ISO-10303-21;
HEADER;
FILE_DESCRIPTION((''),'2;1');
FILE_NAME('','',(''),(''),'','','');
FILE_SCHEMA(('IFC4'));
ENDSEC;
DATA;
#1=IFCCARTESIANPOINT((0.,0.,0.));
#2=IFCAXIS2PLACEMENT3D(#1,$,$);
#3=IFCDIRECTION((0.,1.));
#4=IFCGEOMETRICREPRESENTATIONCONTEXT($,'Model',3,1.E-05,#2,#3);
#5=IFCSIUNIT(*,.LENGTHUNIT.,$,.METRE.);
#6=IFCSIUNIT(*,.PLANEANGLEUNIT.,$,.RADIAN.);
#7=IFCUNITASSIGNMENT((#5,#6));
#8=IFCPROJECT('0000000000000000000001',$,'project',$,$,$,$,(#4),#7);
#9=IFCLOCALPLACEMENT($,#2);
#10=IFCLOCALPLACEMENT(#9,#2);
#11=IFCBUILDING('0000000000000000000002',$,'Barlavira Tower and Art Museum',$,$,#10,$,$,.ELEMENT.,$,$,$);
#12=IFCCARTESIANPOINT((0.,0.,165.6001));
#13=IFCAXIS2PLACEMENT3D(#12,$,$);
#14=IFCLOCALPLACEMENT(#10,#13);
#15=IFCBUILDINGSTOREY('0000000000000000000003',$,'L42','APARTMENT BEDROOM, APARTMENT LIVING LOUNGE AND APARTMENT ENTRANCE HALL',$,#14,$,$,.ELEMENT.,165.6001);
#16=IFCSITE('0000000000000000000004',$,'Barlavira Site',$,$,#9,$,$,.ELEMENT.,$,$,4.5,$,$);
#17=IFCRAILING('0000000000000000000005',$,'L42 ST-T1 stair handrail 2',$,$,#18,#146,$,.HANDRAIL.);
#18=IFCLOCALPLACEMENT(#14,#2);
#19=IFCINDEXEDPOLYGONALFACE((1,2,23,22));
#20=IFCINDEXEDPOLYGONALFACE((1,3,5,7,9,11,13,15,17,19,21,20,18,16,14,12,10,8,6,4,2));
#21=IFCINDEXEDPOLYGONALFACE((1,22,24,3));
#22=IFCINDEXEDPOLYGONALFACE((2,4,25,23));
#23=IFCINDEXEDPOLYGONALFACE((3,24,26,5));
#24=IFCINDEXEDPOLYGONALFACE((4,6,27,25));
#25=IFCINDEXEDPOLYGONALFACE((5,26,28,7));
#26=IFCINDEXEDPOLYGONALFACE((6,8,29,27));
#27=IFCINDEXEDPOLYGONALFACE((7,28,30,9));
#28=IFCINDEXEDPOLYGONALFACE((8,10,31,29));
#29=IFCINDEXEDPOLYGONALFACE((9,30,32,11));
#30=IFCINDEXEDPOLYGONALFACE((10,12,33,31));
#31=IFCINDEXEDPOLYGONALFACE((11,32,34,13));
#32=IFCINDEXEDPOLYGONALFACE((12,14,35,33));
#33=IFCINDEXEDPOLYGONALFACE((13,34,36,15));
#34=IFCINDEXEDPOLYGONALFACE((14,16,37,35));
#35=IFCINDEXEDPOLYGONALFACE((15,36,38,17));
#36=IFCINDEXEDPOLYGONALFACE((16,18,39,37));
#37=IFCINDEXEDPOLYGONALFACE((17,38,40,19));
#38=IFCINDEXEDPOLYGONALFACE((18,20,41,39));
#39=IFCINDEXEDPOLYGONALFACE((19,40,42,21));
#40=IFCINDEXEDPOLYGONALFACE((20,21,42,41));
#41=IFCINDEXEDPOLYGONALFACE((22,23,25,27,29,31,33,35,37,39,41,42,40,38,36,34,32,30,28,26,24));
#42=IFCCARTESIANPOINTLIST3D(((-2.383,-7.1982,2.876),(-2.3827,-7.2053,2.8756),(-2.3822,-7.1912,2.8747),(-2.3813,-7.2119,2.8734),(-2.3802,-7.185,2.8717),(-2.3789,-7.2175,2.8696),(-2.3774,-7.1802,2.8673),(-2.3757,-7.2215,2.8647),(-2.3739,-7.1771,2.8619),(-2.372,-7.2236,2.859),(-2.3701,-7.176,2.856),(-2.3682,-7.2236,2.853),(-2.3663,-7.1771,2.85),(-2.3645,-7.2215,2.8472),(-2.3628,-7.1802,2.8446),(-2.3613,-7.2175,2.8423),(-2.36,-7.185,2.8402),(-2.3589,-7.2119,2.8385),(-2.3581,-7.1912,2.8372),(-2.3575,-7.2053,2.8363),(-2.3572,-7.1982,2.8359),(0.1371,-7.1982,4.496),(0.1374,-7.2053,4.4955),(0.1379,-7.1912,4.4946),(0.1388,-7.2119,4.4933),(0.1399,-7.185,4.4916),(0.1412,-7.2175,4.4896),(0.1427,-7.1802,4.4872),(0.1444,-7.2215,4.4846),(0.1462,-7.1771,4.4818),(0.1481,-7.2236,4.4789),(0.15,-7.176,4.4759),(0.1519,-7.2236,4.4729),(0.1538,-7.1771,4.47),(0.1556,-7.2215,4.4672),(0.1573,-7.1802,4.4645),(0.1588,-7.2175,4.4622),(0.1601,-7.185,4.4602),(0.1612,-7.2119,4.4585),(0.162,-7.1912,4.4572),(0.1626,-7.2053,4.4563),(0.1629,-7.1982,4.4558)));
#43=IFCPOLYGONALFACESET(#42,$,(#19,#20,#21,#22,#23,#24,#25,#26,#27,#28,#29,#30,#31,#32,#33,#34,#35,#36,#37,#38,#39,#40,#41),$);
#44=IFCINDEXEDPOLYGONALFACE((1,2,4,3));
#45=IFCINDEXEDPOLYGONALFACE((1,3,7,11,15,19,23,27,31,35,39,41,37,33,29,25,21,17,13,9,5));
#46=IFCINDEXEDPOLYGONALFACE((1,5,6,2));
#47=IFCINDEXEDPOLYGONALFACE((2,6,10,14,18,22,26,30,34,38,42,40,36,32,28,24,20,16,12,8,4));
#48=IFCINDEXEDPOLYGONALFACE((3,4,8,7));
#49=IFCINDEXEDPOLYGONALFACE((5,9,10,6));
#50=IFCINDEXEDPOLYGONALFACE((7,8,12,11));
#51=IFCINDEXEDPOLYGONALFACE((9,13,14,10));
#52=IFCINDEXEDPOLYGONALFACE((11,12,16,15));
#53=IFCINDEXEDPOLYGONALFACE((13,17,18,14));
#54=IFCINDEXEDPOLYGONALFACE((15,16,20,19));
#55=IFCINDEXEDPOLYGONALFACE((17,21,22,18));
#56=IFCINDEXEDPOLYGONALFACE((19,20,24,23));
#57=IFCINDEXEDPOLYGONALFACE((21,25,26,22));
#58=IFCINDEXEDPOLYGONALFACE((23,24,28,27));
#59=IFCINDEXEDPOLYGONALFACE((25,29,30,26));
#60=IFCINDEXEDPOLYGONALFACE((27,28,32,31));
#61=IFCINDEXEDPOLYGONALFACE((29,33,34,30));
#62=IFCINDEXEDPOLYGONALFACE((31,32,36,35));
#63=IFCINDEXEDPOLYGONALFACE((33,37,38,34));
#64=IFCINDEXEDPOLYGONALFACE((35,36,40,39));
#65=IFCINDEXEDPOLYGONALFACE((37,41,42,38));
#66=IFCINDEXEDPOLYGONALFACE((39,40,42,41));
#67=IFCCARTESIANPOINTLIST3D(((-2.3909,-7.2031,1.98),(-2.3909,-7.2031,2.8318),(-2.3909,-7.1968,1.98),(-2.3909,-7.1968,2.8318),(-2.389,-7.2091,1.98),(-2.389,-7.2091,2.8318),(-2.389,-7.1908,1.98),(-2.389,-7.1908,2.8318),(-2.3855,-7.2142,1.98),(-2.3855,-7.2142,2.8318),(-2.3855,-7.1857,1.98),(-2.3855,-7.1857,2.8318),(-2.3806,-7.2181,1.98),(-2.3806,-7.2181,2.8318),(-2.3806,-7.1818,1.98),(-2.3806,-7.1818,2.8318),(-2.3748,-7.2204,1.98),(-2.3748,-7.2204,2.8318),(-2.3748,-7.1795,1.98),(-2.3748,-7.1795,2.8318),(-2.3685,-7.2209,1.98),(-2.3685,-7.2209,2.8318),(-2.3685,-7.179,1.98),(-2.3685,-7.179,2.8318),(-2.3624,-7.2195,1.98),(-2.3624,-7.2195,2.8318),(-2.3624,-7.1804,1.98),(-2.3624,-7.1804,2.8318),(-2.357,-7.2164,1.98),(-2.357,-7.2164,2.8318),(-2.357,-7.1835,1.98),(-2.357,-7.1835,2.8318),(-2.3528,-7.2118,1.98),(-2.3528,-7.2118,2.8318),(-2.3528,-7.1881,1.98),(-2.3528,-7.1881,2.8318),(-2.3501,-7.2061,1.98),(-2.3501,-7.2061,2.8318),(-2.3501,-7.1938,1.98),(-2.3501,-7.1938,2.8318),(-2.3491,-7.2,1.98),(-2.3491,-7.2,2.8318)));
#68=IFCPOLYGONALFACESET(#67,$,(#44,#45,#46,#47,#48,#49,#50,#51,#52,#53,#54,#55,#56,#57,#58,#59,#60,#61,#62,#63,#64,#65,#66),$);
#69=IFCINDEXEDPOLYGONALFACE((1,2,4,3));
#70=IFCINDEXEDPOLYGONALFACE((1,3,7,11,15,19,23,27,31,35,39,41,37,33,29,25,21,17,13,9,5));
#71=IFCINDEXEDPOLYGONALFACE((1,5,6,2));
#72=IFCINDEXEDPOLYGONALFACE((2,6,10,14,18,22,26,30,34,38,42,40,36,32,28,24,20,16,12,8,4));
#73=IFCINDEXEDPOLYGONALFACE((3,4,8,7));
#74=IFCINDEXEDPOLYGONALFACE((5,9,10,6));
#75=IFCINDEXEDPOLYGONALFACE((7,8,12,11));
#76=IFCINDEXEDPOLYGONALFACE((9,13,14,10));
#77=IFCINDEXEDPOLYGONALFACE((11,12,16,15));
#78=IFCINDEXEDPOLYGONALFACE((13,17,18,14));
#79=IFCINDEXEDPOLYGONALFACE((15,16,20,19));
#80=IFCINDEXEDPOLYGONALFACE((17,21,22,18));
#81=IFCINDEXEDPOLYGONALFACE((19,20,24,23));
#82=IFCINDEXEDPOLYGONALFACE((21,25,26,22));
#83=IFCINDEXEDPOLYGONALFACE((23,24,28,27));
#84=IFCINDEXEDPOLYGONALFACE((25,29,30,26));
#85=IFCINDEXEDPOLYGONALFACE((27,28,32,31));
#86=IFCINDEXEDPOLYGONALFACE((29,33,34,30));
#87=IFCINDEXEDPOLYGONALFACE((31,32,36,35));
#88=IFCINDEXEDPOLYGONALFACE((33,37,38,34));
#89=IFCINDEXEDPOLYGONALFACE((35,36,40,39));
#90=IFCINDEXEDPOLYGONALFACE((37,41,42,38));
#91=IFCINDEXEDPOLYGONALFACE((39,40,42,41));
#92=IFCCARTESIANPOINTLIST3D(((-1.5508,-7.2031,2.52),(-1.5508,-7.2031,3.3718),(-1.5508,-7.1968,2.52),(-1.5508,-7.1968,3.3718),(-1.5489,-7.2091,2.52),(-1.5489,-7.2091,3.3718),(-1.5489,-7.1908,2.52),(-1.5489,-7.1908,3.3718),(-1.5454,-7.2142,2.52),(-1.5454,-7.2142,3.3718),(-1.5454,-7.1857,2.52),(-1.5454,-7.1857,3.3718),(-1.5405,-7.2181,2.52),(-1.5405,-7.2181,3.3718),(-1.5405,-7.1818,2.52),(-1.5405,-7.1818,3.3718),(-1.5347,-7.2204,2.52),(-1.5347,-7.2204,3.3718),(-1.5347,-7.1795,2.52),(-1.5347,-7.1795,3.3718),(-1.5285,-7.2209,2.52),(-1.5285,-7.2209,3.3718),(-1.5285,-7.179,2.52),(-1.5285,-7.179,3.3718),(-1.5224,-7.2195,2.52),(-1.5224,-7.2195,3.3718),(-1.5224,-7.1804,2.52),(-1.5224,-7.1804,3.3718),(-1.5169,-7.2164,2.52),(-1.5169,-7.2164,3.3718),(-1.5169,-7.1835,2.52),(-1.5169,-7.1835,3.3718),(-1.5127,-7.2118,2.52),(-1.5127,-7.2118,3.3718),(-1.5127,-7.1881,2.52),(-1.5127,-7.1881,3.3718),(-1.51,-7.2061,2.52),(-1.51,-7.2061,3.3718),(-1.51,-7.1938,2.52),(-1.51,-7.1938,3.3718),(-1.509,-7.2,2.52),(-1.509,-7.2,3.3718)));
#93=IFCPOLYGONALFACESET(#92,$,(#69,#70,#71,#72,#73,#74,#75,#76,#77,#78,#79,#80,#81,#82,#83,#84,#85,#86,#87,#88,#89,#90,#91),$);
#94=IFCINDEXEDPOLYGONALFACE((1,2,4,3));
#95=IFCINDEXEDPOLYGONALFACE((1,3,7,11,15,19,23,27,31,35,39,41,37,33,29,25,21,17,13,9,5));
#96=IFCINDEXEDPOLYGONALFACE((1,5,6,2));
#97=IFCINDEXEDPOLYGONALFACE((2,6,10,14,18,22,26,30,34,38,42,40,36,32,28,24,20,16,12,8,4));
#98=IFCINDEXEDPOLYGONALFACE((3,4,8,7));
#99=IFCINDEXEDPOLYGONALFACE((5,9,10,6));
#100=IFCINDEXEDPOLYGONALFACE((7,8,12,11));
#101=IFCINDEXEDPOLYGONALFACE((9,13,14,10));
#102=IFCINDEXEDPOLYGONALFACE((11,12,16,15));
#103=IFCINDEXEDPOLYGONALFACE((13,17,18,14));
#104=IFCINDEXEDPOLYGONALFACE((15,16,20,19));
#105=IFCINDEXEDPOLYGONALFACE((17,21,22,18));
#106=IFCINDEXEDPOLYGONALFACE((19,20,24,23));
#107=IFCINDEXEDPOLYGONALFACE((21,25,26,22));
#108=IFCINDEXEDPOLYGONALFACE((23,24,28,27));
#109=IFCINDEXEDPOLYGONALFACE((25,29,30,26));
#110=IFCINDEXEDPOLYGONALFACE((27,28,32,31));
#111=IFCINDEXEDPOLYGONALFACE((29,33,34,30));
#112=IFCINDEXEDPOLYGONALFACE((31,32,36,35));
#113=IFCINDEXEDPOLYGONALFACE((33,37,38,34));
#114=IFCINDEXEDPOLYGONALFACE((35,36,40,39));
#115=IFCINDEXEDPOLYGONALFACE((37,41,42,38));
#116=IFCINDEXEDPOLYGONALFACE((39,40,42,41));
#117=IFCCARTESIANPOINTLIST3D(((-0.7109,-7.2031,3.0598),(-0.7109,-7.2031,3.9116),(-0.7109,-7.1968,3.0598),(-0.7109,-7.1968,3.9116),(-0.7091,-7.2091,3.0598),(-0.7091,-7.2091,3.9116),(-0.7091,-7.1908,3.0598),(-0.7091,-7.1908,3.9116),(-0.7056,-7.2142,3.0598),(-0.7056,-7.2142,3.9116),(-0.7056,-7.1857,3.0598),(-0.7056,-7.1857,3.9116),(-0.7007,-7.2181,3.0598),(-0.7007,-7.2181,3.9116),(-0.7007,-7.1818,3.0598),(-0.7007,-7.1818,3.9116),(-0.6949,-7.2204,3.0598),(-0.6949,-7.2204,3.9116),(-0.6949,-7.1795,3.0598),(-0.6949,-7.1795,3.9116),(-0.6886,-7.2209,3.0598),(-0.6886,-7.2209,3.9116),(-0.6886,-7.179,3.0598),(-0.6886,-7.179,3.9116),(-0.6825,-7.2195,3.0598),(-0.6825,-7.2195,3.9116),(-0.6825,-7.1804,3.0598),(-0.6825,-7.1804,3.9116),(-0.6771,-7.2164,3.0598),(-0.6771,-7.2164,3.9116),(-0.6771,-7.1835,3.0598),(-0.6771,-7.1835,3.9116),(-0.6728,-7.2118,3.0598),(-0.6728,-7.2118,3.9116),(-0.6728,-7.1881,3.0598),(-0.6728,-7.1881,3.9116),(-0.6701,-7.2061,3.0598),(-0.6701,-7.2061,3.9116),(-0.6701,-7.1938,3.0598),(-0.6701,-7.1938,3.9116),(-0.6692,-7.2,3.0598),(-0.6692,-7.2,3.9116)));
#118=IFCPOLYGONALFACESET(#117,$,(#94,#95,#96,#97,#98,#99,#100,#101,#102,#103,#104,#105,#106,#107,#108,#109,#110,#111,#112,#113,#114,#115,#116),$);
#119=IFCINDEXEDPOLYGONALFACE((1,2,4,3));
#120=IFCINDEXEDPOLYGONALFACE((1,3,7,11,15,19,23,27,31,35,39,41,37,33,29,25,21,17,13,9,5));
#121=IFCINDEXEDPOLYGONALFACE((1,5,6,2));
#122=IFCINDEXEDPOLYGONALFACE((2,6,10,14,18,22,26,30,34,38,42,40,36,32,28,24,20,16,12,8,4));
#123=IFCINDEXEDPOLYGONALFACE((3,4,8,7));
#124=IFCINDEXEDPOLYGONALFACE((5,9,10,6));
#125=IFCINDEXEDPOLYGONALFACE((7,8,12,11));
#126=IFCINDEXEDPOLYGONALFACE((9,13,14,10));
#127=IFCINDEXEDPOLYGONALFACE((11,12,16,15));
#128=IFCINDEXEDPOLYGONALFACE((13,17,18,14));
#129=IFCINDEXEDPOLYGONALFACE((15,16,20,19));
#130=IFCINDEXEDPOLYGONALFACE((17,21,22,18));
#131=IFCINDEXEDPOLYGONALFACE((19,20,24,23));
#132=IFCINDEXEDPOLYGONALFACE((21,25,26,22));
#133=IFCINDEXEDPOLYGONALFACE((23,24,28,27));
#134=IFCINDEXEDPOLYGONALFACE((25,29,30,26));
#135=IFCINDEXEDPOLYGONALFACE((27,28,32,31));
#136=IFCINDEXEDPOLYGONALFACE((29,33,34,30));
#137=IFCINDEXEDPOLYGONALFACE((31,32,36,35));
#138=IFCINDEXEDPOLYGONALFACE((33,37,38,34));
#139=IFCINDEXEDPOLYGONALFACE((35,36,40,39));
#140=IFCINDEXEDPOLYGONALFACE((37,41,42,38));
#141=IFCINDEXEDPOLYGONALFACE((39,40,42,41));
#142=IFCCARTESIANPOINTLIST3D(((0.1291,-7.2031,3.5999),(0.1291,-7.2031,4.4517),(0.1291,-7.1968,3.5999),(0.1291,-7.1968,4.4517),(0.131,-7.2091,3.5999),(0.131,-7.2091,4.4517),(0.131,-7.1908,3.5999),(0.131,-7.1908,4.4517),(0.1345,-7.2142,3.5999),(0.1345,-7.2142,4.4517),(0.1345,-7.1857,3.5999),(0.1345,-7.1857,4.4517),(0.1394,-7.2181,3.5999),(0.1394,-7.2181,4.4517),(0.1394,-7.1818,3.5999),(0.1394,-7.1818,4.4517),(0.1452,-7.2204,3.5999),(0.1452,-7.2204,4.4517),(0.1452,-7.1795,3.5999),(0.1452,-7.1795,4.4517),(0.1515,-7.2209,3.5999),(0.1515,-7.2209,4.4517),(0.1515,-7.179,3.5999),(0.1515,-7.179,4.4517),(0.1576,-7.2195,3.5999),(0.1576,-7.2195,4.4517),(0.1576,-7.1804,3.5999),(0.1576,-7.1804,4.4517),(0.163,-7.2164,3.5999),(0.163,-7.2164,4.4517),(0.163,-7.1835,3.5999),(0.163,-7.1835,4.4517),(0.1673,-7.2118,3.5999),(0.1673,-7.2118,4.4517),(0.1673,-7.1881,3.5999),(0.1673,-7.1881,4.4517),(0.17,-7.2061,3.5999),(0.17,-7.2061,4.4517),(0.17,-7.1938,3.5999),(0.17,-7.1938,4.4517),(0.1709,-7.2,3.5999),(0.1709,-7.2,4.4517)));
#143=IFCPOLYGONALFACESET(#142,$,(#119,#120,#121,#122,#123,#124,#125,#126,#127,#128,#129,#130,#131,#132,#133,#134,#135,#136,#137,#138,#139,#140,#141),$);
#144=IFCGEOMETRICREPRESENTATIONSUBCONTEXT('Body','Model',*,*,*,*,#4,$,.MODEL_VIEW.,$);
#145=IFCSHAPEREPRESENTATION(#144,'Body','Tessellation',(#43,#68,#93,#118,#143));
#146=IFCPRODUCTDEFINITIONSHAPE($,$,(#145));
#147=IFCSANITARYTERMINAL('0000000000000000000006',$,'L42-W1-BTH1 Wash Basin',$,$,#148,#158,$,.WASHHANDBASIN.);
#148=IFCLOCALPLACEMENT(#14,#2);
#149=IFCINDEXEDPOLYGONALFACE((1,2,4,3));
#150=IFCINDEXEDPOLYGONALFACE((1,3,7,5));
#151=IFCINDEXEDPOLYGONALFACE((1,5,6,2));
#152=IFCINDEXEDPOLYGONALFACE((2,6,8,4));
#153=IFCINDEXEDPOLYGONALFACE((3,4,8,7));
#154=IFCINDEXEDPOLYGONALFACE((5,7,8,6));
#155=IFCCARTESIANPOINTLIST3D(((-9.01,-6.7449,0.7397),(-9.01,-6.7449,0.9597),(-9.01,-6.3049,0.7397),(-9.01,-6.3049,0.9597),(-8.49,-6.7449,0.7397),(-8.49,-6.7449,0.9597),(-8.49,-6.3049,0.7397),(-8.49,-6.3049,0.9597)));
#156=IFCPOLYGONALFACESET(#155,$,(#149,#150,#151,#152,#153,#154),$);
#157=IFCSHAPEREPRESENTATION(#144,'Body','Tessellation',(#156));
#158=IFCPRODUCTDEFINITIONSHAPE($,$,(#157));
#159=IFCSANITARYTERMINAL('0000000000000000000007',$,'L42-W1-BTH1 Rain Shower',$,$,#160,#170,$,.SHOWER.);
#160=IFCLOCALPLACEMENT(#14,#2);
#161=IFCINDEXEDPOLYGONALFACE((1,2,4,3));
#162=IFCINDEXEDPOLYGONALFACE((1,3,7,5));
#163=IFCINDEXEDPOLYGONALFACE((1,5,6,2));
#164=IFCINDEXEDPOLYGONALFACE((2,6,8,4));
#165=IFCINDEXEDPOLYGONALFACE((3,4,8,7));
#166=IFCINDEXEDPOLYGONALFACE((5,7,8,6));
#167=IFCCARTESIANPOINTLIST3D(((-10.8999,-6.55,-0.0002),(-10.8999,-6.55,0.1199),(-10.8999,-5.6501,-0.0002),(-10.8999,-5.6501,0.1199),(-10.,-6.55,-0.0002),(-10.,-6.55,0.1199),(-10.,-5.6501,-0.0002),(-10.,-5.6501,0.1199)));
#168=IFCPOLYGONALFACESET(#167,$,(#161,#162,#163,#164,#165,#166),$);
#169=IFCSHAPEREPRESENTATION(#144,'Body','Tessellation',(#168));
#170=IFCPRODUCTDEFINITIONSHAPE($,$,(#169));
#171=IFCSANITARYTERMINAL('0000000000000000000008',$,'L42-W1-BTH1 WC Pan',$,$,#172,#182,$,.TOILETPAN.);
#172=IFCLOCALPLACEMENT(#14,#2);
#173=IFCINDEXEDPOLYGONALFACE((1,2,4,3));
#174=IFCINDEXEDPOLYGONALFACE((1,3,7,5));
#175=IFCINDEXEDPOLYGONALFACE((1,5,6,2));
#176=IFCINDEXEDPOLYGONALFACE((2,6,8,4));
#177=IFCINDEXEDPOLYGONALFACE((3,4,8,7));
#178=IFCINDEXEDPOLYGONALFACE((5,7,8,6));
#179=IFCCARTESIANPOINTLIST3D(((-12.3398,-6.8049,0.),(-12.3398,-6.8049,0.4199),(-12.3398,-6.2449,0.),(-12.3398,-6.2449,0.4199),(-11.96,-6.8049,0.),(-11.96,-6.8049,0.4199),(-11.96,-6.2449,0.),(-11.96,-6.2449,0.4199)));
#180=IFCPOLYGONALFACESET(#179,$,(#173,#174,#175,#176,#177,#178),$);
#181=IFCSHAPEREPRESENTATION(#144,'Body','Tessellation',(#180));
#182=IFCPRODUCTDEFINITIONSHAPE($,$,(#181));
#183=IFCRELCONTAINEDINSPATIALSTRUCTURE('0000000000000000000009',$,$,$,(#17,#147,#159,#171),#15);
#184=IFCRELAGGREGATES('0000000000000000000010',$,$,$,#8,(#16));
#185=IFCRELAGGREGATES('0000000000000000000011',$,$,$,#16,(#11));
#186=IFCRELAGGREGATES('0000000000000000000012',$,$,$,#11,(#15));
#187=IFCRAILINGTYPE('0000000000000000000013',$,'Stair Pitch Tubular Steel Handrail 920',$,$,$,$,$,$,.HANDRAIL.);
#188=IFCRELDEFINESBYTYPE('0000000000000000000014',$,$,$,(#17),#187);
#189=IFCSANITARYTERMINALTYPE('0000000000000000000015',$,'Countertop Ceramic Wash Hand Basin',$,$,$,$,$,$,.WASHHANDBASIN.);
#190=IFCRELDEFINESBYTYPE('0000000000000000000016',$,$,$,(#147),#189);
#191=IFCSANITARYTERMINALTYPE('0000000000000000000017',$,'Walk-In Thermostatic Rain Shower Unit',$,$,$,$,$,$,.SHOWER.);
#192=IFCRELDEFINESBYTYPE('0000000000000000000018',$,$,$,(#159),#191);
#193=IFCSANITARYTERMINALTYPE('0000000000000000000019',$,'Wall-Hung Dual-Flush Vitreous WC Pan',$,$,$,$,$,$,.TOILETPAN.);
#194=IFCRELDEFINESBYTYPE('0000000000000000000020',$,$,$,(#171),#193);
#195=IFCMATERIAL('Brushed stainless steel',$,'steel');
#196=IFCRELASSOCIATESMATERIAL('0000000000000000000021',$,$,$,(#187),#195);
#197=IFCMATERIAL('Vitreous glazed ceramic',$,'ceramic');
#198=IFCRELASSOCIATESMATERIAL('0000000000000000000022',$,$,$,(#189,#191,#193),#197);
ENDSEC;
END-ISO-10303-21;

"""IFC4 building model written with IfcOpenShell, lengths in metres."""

from ifc_helpers import new_model, si_unit, direction, frame, origin, origin_2d, place, context, subcontext, project, spatial, rectangle, circle, extrude, material, type_object, element, save


model = new_model("IFC4")

# Units and contexts
model_context = context("Model", 3, precision=1e-05, world=origin(), true_north=direction((0.0, 1.0)))
body_context = subcontext(model_context, "Body", "Model", "MODEL_VIEW")
ifc_project = project(units=[si_unit("LENGTHUNIT", "METRE"), si_unit("PLANEANGLEUNIT", "RADIAN")], contexts=[model_context])

# Site, building, storey
site_placement = place(None, origin())
site = spatial("IfcSite", under=ifc_project, at=site_placement, Name="Barlavira Site", CompositionType="ELEMENT", RefElevation=4.5)
building_placement = place(site_placement, origin())
building = spatial("IfcBuilding", under=site, at=building_placement, Name="Barlavira Tower and Art Museum", CompositionType="ELEMENT")
storey_placement = place(building_placement, frame((0.0, 0.0, 165.6001)))
storey = spatial("IfcBuildingStorey", under=building, at=storey_placement, Name="L42", Description="APARTMENT BEDROOM, APARTMENT LIVING LOUNGE AND APARTMENT ENTRANCE HALL", CompositionType="ELEMENT", Elevation=165.6001)

# Shared definitions
ifc_material_1 = material(Name="Brushed stainless steel", Category="steel")

# Railing
railing_type_1 = type_object("IfcRailingType", Name="Stair Pitch Tubular Steel Handrail 920", PredefinedType="HANDRAIL", material=ifc_material_1)
railing_1_placement = place(storey_placement, frame((-2.3701, -7.2, 1.98)))
element("IfcRailing", 1, at=railing_1_placement, inside=storey, type_object=railing_type_1, Name="L42 ST-T1 stair handrail 2", PredefinedType="HANDRAIL", context=body_context, shape_type="SweptSolid", body=[
    extrude(circle(Radius=0.0239, at=origin_2d()), frame((0.0, 0.0, 0.876), z_axis=(0.8412, 0.0, 0.540725), x_axis=(0.0, 1.0, 0.0)), (0.0, 0.0, 1.0), 2.9958),
    extrude(circle(Radius=0.021, at=origin_2d()), origin(), (0.0, 0.0, 1.0), 0.8518),
    extrude(circle(Radius=0.021, at=origin_2d()), frame((0.8401, 0.0, 0.54)), (0.0, 0.0, 1.0), 0.8518),
    extrude(circle(Radius=0.021, at=origin_2d()), frame((1.6799, 0.0, 1.0798)), (0.0, 0.0, 1.0), 0.8518),
    extrude(circle(Radius=0.021, at=origin_2d()), frame((2.52, 0.0, 1.6199)), (0.0, 0.0, 1.0), 0.8518),
])

# Sanitary terminals
ifc_material_2 = material(Name="Vitreous glazed ceramic", Category="ceramic")
sanitary_terminal_type_1 = type_object("IfcSanitaryTerminalType", Name="Countertop Ceramic Wash Hand Basin", PredefinedType="WASHHANDBASIN", material=ifc_material_2)
sanitary_terminal_1_placement = place(storey_placement, frame((-8.75, -6.5249, 0.7397), z_axis=(0.0, 0.0, 1.0), x_axis=(1.0, 0.0, 0.0)))
element("IfcSanitaryTerminal", 2, at=sanitary_terminal_1_placement, inside=storey, type_object=sanitary_terminal_type_1, Name="L42-W1-BTH1 Wash Basin", PredefinedType="WASHHANDBASIN", context=body_context, shape_type="SweptSolid", body=[
    extrude(rectangle(XDim=0.52, YDim=0.4399, at=origin_2d()), origin(), (0.0, 0.0, 1.0), 0.22),
])
sanitary_terminal_type_2 = type_object("IfcSanitaryTerminalType", Name="Walk-In Thermostatic Rain Shower Unit", PredefinedType="SHOWER", material=ifc_material_2)
sanitary_terminal_2_placement = place(storey_placement, frame((-10.45, -6.1001, -0.0002), z_axis=(0.0, 0.0, 1.0), x_axis=(1.0, 0.0, 0.0)))
element("IfcSanitaryTerminal", 3, at=sanitary_terminal_2_placement, inside=storey, type_object=sanitary_terminal_type_2, Name="L42-W1-BTH1 Rain Shower", PredefinedType="SHOWER", context=body_context, shape_type="SweptSolid", body=[
    extrude(rectangle(XDim=0.8999, YDim=0.8999, at=origin_2d()), origin(), (0.0, 0.0, 1.0), 0.1201),
])
sanitary_terminal_type_3 = type_object("IfcSanitaryTerminalType", Name="Wall-Hung Dual-Flush Vitreous WC Pan", PredefinedType="TOILETPAN", material=ifc_material_2)
sanitary_terminal_3_placement = place(storey_placement, frame((-12.1499, -6.5249, 0.0), z_axis=(0.0, 0.0, 1.0), x_axis=(1.0, 0.0, 0.0)))
element("IfcSanitaryTerminal", 4, at=sanitary_terminal_3_placement, inside=storey, type_object=sanitary_terminal_type_3, Name="L42-W1-BTH1 WC Pan", PredefinedType="TOILETPAN", context=body_context, shape_type="SweptSolid", body=[
    extrude(rectangle(XDim=0.3799, YDim=0.5601, at=origin_2d()), origin(), (0.0, 0.0, 1.0), 0.4199),
])

save(model, "model.ifc")
